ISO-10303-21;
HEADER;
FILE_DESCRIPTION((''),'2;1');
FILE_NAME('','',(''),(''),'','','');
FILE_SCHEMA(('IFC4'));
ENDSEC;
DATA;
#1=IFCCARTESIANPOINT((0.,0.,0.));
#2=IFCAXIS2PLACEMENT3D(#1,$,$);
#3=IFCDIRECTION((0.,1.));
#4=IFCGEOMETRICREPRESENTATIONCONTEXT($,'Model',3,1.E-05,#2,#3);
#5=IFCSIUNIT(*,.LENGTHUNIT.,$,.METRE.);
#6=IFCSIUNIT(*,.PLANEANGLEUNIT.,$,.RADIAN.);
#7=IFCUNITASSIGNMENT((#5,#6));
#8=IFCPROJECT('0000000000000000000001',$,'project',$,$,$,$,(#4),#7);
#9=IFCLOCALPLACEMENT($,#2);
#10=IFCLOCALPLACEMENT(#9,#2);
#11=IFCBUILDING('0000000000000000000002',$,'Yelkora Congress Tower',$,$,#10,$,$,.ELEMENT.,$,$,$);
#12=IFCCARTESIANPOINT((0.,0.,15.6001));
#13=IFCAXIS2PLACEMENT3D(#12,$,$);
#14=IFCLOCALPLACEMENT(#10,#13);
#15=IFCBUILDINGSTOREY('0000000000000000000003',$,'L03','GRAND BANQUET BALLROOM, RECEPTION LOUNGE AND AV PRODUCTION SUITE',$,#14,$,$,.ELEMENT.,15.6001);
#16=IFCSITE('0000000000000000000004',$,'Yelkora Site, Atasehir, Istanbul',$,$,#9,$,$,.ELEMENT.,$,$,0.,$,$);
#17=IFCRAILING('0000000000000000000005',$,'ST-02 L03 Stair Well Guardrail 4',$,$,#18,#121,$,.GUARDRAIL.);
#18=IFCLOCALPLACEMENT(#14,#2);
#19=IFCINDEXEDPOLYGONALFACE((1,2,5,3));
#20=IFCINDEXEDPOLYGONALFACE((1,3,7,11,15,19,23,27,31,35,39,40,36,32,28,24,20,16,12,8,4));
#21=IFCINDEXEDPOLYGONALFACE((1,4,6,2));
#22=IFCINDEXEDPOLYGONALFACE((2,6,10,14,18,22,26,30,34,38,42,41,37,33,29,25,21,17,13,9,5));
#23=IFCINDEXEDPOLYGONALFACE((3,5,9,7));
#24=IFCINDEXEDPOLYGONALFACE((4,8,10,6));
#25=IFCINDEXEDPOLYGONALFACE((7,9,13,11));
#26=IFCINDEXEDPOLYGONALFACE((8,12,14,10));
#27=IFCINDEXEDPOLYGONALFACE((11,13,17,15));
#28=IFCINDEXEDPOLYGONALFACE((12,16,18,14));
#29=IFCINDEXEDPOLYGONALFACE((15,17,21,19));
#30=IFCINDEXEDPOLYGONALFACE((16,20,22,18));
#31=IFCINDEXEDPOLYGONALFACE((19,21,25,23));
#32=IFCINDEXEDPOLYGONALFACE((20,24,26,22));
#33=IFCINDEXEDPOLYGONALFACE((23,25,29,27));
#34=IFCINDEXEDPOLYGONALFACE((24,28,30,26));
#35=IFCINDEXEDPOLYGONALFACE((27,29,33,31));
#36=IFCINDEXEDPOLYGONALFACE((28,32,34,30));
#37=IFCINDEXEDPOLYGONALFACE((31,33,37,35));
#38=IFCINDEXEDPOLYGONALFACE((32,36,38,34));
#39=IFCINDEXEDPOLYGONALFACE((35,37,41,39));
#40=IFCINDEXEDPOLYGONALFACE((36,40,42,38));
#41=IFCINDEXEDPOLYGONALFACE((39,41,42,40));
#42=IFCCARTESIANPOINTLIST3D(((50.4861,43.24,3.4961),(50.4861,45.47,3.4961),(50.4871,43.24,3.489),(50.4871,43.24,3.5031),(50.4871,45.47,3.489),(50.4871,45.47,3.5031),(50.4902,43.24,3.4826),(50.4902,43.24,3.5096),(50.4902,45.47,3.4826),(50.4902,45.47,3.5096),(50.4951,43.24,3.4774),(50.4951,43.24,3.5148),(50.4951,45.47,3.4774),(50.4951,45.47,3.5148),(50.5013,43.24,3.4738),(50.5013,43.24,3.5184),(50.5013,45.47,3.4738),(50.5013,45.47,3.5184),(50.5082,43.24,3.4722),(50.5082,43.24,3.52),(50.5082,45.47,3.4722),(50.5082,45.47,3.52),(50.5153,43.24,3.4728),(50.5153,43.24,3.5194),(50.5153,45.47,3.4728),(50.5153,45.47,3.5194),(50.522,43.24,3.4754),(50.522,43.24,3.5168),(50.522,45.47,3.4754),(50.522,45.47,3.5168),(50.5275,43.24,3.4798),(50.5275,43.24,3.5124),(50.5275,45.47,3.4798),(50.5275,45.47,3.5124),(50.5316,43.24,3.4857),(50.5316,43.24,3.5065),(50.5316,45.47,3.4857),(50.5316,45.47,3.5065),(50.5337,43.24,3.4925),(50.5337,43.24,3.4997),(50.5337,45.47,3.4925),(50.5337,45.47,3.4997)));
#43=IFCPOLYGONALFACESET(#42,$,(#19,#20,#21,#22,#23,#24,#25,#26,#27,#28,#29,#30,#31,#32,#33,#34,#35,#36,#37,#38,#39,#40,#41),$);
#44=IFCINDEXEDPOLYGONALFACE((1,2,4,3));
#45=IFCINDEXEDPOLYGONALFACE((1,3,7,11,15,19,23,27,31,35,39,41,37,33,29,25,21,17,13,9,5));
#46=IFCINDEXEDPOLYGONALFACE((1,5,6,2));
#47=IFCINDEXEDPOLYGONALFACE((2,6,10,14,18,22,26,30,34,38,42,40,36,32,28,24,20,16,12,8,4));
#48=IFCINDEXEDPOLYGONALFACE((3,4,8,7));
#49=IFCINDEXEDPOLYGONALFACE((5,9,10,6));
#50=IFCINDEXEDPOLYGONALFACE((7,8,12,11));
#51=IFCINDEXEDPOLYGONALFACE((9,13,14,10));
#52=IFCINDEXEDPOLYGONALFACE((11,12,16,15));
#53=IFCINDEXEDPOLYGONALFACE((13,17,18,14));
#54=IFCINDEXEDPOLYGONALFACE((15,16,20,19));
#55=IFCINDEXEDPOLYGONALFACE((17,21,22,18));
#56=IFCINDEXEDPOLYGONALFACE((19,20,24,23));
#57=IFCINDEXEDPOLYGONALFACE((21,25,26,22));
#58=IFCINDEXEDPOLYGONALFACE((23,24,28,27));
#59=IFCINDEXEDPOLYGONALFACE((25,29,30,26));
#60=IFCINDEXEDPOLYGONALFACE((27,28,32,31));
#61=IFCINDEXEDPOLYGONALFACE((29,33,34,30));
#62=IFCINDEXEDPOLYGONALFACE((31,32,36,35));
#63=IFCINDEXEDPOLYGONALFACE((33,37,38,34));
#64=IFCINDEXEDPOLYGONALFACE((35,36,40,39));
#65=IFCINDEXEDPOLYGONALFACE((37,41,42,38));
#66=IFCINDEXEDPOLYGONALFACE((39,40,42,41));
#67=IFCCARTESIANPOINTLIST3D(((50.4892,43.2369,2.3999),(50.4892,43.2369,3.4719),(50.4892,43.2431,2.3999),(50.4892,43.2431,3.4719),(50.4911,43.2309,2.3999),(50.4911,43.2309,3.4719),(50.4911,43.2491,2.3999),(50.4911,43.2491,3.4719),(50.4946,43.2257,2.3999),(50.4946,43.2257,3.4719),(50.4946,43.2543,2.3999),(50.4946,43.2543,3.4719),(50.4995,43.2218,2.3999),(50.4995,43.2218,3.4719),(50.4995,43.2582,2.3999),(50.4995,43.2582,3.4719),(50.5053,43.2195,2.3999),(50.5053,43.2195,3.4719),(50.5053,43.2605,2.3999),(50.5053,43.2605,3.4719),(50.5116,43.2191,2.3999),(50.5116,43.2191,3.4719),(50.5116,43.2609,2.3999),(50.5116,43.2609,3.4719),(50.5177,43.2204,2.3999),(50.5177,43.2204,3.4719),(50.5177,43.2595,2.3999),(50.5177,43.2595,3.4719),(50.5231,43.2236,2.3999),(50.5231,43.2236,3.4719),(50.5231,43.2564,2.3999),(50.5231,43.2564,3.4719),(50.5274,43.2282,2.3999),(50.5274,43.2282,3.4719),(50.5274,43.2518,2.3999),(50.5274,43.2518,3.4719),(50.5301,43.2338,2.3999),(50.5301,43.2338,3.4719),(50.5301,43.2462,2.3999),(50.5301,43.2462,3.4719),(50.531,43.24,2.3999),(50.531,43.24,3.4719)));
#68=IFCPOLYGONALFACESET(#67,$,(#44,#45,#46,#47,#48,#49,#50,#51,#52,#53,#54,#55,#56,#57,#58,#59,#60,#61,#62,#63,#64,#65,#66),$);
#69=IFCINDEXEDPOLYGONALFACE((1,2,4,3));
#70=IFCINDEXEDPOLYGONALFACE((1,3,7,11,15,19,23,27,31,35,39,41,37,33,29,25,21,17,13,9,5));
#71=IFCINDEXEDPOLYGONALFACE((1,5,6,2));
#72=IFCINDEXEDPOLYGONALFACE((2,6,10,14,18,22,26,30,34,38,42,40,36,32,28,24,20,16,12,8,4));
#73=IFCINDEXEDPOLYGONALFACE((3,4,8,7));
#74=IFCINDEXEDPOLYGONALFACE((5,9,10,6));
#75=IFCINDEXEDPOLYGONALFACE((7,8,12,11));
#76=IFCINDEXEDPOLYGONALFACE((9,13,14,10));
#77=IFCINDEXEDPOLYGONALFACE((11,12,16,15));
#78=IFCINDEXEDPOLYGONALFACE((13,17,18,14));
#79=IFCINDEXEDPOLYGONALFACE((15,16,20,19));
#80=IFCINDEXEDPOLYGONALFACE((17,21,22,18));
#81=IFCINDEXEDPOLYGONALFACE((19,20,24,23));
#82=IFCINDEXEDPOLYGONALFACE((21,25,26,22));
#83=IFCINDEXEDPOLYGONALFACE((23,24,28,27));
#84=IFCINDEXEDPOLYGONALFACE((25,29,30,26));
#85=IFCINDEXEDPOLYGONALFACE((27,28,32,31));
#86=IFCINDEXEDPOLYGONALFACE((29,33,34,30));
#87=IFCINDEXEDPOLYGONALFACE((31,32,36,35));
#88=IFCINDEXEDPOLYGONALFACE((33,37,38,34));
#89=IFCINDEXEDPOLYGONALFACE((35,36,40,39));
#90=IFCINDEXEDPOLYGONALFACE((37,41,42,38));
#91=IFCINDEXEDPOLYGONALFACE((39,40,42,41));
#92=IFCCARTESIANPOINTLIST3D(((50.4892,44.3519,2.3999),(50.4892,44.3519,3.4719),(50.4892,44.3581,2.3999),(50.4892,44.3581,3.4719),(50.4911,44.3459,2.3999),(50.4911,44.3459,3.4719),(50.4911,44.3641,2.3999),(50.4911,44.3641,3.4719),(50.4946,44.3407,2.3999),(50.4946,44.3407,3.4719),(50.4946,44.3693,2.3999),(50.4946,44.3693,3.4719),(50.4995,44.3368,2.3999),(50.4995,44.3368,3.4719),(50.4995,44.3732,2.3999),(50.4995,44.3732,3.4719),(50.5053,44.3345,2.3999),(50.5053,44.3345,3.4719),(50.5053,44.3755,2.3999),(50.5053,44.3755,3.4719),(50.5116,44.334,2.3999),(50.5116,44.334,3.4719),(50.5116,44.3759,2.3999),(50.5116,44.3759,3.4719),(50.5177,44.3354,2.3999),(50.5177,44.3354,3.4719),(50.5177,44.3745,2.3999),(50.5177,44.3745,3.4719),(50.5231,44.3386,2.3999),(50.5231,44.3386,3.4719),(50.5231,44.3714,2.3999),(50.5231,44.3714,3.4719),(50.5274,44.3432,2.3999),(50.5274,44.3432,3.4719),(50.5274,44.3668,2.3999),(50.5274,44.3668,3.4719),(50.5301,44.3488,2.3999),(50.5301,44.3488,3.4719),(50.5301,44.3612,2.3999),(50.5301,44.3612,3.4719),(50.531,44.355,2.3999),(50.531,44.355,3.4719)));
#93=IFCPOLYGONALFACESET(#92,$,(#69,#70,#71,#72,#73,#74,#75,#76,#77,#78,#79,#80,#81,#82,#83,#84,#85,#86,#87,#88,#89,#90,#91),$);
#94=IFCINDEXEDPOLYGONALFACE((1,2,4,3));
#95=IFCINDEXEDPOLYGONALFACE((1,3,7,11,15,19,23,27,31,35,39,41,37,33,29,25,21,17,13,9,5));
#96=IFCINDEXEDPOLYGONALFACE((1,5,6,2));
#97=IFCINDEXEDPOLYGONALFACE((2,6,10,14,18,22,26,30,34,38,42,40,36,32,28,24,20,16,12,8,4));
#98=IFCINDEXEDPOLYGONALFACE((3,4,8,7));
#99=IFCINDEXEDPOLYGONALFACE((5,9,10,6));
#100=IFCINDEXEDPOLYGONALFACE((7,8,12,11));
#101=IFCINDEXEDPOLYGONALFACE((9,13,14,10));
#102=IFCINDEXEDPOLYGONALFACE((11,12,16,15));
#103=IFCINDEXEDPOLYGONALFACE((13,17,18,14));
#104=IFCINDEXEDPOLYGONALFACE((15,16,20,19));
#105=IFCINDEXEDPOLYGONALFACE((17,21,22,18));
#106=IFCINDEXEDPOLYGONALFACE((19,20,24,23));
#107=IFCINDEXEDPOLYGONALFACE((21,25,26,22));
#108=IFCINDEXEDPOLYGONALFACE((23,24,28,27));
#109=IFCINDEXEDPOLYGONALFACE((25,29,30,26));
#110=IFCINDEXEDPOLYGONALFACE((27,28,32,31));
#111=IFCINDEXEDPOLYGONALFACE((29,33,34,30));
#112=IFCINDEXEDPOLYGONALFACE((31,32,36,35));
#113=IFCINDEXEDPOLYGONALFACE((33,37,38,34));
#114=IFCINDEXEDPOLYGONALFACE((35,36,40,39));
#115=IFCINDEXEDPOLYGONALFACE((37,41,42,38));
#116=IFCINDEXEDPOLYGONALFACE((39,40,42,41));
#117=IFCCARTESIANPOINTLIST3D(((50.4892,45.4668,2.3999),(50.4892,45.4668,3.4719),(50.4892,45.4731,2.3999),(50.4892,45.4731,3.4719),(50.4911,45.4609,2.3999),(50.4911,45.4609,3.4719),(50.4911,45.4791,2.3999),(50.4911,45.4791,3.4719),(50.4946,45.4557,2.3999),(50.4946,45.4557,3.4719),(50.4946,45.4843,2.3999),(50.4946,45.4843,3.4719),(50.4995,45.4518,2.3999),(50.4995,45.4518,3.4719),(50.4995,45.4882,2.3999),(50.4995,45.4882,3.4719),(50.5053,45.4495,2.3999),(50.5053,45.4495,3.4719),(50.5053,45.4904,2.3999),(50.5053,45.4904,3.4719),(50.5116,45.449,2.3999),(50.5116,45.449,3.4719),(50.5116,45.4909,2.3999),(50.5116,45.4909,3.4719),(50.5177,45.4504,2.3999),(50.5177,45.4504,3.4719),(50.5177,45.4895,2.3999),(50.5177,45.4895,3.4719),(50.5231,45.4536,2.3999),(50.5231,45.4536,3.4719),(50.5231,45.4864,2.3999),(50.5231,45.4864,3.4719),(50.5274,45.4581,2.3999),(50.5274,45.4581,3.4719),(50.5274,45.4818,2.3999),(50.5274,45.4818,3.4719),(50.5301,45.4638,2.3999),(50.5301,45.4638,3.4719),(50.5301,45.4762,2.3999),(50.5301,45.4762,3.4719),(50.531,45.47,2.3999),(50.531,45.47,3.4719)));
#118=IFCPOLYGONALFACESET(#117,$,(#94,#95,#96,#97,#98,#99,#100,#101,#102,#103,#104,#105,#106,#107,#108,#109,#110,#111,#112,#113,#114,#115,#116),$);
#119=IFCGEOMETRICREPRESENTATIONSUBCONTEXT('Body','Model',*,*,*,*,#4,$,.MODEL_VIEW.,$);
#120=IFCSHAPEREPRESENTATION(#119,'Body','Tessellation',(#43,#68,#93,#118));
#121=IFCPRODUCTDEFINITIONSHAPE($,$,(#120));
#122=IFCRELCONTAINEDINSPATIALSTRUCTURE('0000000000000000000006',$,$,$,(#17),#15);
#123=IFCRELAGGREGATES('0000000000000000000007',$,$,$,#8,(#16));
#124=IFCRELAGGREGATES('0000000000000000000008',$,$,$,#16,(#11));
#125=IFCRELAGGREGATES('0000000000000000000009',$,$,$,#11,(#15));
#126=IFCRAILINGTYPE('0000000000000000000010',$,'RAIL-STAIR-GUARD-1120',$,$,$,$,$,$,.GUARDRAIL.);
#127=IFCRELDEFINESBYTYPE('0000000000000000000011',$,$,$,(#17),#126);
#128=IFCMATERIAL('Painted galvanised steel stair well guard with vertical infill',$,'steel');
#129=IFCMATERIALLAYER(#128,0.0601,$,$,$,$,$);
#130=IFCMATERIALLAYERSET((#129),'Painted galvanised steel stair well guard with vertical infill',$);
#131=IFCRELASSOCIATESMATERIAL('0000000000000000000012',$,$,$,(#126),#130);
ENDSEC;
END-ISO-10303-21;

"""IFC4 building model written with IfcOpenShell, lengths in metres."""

from ifc_helpers import new_model, si_unit, direction, frame, origin, origin_2d, place, context, subcontext, project, spatial, circle, extrude, material, layer, layer_set, type_object, element, save


model = new_model("IFC4")

# Units and contexts
model_context = context("Model", 3, precision=1e-05, world=origin(), true_north=direction((0.0, 1.0)))
body_context = subcontext(model_context, "Body", "Model", "MODEL_VIEW")
ifc_project = project(units=[si_unit("LENGTHUNIT", "METRE"), si_unit("PLANEANGLEUNIT", "RADIAN")], contexts=[model_context])

# Site, building, storey
site_placement = place(None, origin())
site = spatial("IfcSite", under=ifc_project, at=site_placement, Name="Yelkora Site, Atasehir, Istanbul", CompositionType="ELEMENT", RefElevation=0.0)
building_placement = place(site_placement, origin())
building = spatial("IfcBuilding", under=site, at=building_placement, Name="Yelkora Congress Tower", CompositionType="ELEMENT")
storey_placement = place(building_placement, frame((0.0, 0.0, 15.6001)))
storey = spatial("IfcBuildingStorey", under=building, at=storey_placement, Name="L03", Description="GRAND BANQUET BALLROOM, RECEPTION LOUNGE AND AV PRODUCTION SUITE", CompositionType="ELEMENT", Elevation=15.6001)

# Railing
ifc_material_1 = material(Name="Painted galvanised steel stair well guard with vertical infill", Category="steel")
ifc_layer_1 = layer(ifc_material_1, 0.0601)
ifc_layer_set_1 = layer_set([ifc_layer_1], Name="Painted galvanised steel stair well guard with vertical infill")
railing_type_1 = type_object("IfcRailingType", Name="RAIL-STAIR-GUARD-1120", PredefinedType="GUARDRAIL", material=ifc_layer_set_1)
for number, where, name in (
    (1, (50.51, 43.24, 2.3999), "ST-02 L03 Stair Well Guardrail 4"),
):
    element("IfcRailing", number, at=place(storey_placement, frame(where)), inside=storey, type_object=railing_type_1, Name=name, PredefinedType="GUARDRAIL", context=body_context, shape_type="SweptSolid", body=[
        extrude(circle(Radius=0.0239, at=origin_2d()), frame((0.0, 0.0, 1.0962), z_axis=(0.0, 1.0, 0.0), x_axis=(-1.0, 0.0, 0.0)), (0.0, 0.0, 1.0), 2.23),
        extrude(circle(Radius=0.021, at=origin_2d()), origin(), (0.0, 0.0, 1.0), 1.072),
        extrude(circle(Radius=0.021, at=origin_2d()), frame((0.0, 1.115, 0.0)), (0.0, 0.0, 1.0), 1.072),
        extrude(circle(Radius=0.021, at=origin_2d()), frame((0.0, 2.23, 0.0)), (0.0, 0.0, 1.0), 1.072),
    ])

save(model, "model.ifc")
